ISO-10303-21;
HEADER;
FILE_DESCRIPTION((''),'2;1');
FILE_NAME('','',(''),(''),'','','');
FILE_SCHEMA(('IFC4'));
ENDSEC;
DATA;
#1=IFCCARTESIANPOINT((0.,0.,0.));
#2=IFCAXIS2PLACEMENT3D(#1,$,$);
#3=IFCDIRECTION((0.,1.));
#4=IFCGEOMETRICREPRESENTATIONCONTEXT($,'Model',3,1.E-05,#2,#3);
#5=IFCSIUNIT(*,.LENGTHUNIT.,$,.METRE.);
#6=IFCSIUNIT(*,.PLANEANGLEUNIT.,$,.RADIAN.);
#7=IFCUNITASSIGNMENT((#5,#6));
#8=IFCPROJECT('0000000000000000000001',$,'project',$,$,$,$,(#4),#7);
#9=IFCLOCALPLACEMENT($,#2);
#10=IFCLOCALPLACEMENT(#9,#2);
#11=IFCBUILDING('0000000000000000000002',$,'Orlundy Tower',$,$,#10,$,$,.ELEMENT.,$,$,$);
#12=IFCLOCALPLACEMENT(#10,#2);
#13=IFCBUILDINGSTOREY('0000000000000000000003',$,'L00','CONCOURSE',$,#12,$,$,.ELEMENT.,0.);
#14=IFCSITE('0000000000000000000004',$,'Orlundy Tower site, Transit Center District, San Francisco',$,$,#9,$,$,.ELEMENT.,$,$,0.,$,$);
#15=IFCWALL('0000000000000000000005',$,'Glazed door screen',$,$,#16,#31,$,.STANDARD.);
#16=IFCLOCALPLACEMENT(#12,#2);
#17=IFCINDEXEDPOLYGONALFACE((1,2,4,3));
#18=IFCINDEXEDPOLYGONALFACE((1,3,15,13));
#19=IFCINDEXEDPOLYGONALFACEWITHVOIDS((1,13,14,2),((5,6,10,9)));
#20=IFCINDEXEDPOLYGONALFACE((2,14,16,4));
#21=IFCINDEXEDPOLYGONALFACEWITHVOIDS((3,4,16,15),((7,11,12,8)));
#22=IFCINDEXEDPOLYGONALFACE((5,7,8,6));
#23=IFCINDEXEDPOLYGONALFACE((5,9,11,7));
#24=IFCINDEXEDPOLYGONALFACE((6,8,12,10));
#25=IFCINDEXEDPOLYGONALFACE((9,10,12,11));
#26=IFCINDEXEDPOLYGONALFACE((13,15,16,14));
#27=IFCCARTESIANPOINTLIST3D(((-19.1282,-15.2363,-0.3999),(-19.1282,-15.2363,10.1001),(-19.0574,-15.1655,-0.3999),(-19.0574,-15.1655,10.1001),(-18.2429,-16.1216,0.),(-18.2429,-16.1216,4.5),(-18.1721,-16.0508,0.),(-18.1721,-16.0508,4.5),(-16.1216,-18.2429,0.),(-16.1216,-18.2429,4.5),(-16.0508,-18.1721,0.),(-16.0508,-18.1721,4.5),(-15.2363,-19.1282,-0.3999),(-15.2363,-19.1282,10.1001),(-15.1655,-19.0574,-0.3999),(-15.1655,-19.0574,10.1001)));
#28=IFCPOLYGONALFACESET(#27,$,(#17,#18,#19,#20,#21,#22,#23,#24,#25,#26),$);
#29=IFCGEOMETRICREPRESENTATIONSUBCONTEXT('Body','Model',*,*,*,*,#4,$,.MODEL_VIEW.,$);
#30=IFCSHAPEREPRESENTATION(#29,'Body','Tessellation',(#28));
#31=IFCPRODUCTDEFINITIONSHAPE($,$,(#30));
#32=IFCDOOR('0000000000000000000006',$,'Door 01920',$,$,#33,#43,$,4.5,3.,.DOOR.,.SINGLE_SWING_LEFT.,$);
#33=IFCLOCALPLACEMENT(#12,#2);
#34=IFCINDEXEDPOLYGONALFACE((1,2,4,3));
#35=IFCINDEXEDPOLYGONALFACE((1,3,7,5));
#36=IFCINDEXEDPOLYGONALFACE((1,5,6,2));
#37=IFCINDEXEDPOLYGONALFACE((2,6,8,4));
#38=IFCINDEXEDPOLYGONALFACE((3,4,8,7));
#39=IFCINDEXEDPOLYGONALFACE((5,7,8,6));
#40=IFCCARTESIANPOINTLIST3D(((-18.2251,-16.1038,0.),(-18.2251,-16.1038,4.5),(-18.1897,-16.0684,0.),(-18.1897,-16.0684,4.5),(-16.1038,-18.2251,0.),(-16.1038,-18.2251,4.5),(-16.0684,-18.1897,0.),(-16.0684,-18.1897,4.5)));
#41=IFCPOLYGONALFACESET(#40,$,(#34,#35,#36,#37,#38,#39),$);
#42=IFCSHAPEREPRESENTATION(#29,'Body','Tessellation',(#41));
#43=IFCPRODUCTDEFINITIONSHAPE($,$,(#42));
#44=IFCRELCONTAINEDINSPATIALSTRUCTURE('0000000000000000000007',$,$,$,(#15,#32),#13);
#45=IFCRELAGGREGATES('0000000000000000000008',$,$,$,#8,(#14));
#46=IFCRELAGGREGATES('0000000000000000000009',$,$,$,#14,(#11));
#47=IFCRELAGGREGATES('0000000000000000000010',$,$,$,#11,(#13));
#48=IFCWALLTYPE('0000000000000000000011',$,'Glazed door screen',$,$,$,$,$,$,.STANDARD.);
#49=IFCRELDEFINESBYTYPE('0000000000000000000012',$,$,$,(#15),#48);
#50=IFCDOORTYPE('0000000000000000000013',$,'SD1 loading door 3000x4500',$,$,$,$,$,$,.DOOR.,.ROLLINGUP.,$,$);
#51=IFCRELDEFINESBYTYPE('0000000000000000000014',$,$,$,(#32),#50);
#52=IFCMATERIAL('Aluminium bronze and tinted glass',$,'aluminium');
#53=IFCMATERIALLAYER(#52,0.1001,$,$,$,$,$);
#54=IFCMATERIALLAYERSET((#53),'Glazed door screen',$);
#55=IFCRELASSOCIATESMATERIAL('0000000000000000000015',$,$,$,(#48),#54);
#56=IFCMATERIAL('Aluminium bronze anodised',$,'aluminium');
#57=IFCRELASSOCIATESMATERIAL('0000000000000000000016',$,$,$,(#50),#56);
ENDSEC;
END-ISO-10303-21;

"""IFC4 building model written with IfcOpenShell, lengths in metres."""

from ifc_helpers import new_model, si_unit, direction, frame, frame_2d, origin, place, context, subcontext, project, spatial, rectangle, extrude, material, layer, layer_set, type_object, element, fill, save


model = new_model("IFC4")

# Units and contexts
model_context = context("Model", 3, precision=1e-05, world=origin(), true_north=direction((0.0, 1.0)))
body_context = subcontext(model_context, "Body", "Model", "MODEL_VIEW")
ifc_project = project(units=[si_unit("LENGTHUNIT", "METRE"), si_unit("PLANEANGLEUNIT", "RADIAN")], contexts=[model_context])

# Site, building, storey
site_placement = place(None, origin())
site = spatial("IfcSite", under=ifc_project, at=site_placement, Name="Orlundy Tower site, Transit Center District, San Francisco", CompositionType="ELEMENT", RefElevation=0.0)
building_placement = place(site_placement, origin())
building = spatial("IfcBuilding", under=site, at=building_placement, Name="Orlundy Tower", CompositionType="ELEMENT")
storey_placement = place(building_placement, origin())
storey = spatial("IfcBuildingStorey", under=building, at=storey_placement, Name="L00", Description="CONCOURSE", CompositionType="ELEMENT", Elevation=0.0)

# Shared definitions
ifc_material_1 = material(Name="Aluminium bronze and tinted glass", Category="aluminium")
ifc_layer_1 = layer(ifc_material_1, 0.1001)
ifc_layer_set_1 = layer_set([ifc_layer_1], Name="Glazed door screen")
wall_type_1 = type_object("IfcWallType", Name="Glazed door screen", PredefinedType="STANDARD", material=ifc_layer_set_1)

# Wall, opening, door
wall_1_placement = place(storey_placement, frame((-15.2009, -19.0928, -0.3999), z_axis=(0.0, 0.0, 1.0), x_axis=(-0.707107, 0.707107, 0.0)))
wall_1 = element("IfcWall", 1, at=wall_1_placement, inside=storey, type_object=wall_type_1, Name="Glazed door screen", PredefinedType="STANDARD", context=body_context, shape_type="SweptSolid", body=[
    extrude(rectangle(XDim=5.5039, YDim=0.1001, at=frame_2d((2.752, 0.0))), origin(), (0.0, 0.0, 1.0), 10.5),
])
opening_1_placement = place(wall_1_placement, frame((1.252, 0.0, 0.3999)))
opening_1 = element("IfcOpeningElement", 2, at=opening_1_placement, cuts=wall_1, PredefinedType="OPENING", context=body_context, shape_type="SweptSolid", body=[
    extrude(rectangle(XDim=3.0, YDim=4.5, at=frame_2d((1.5, 2.25))), frame((0.0, 0.0601, 0.0), z_axis=(0.0, -1.0, 0.0), x_axis=(1.0, 0.0, 0.0)), (0.0, 0.0, 1.0), 0.1201),
])
ifc_material_2 = material(Name="Aluminium bronze anodised", Category="aluminium")
door_type_1 = type_object("IfcDoorType", Name="SD1 loading door 3000x4500", OperationType="ROLLINGUP", PredefinedType="DOOR", material=ifc_material_2)
door_1_placement = place(opening_1_placement, origin())
door_1 = element("IfcDoor", 3, at=door_1_placement, inside=storey, type_object=door_type_1, Name="Door 01920", OperationType="SINGLE_SWING_LEFT", OverallHeight=4.5, OverallWidth=3.0, PredefinedType="DOOR", context=body_context, shape_type="SweptSolid", body=[
    extrude(rectangle(XDim=3.0, YDim=4.5, at=frame_2d((1.5, 2.25))), frame((0.0, 0.0249, 0.0), z_axis=(0.0, -1.0, 0.0), x_axis=(1.0, 0.0, 0.0)), (0.0, 0.0, 1.0), 0.05),
])
fill(opening_1, door_1)

save(model, "model.ifc")
